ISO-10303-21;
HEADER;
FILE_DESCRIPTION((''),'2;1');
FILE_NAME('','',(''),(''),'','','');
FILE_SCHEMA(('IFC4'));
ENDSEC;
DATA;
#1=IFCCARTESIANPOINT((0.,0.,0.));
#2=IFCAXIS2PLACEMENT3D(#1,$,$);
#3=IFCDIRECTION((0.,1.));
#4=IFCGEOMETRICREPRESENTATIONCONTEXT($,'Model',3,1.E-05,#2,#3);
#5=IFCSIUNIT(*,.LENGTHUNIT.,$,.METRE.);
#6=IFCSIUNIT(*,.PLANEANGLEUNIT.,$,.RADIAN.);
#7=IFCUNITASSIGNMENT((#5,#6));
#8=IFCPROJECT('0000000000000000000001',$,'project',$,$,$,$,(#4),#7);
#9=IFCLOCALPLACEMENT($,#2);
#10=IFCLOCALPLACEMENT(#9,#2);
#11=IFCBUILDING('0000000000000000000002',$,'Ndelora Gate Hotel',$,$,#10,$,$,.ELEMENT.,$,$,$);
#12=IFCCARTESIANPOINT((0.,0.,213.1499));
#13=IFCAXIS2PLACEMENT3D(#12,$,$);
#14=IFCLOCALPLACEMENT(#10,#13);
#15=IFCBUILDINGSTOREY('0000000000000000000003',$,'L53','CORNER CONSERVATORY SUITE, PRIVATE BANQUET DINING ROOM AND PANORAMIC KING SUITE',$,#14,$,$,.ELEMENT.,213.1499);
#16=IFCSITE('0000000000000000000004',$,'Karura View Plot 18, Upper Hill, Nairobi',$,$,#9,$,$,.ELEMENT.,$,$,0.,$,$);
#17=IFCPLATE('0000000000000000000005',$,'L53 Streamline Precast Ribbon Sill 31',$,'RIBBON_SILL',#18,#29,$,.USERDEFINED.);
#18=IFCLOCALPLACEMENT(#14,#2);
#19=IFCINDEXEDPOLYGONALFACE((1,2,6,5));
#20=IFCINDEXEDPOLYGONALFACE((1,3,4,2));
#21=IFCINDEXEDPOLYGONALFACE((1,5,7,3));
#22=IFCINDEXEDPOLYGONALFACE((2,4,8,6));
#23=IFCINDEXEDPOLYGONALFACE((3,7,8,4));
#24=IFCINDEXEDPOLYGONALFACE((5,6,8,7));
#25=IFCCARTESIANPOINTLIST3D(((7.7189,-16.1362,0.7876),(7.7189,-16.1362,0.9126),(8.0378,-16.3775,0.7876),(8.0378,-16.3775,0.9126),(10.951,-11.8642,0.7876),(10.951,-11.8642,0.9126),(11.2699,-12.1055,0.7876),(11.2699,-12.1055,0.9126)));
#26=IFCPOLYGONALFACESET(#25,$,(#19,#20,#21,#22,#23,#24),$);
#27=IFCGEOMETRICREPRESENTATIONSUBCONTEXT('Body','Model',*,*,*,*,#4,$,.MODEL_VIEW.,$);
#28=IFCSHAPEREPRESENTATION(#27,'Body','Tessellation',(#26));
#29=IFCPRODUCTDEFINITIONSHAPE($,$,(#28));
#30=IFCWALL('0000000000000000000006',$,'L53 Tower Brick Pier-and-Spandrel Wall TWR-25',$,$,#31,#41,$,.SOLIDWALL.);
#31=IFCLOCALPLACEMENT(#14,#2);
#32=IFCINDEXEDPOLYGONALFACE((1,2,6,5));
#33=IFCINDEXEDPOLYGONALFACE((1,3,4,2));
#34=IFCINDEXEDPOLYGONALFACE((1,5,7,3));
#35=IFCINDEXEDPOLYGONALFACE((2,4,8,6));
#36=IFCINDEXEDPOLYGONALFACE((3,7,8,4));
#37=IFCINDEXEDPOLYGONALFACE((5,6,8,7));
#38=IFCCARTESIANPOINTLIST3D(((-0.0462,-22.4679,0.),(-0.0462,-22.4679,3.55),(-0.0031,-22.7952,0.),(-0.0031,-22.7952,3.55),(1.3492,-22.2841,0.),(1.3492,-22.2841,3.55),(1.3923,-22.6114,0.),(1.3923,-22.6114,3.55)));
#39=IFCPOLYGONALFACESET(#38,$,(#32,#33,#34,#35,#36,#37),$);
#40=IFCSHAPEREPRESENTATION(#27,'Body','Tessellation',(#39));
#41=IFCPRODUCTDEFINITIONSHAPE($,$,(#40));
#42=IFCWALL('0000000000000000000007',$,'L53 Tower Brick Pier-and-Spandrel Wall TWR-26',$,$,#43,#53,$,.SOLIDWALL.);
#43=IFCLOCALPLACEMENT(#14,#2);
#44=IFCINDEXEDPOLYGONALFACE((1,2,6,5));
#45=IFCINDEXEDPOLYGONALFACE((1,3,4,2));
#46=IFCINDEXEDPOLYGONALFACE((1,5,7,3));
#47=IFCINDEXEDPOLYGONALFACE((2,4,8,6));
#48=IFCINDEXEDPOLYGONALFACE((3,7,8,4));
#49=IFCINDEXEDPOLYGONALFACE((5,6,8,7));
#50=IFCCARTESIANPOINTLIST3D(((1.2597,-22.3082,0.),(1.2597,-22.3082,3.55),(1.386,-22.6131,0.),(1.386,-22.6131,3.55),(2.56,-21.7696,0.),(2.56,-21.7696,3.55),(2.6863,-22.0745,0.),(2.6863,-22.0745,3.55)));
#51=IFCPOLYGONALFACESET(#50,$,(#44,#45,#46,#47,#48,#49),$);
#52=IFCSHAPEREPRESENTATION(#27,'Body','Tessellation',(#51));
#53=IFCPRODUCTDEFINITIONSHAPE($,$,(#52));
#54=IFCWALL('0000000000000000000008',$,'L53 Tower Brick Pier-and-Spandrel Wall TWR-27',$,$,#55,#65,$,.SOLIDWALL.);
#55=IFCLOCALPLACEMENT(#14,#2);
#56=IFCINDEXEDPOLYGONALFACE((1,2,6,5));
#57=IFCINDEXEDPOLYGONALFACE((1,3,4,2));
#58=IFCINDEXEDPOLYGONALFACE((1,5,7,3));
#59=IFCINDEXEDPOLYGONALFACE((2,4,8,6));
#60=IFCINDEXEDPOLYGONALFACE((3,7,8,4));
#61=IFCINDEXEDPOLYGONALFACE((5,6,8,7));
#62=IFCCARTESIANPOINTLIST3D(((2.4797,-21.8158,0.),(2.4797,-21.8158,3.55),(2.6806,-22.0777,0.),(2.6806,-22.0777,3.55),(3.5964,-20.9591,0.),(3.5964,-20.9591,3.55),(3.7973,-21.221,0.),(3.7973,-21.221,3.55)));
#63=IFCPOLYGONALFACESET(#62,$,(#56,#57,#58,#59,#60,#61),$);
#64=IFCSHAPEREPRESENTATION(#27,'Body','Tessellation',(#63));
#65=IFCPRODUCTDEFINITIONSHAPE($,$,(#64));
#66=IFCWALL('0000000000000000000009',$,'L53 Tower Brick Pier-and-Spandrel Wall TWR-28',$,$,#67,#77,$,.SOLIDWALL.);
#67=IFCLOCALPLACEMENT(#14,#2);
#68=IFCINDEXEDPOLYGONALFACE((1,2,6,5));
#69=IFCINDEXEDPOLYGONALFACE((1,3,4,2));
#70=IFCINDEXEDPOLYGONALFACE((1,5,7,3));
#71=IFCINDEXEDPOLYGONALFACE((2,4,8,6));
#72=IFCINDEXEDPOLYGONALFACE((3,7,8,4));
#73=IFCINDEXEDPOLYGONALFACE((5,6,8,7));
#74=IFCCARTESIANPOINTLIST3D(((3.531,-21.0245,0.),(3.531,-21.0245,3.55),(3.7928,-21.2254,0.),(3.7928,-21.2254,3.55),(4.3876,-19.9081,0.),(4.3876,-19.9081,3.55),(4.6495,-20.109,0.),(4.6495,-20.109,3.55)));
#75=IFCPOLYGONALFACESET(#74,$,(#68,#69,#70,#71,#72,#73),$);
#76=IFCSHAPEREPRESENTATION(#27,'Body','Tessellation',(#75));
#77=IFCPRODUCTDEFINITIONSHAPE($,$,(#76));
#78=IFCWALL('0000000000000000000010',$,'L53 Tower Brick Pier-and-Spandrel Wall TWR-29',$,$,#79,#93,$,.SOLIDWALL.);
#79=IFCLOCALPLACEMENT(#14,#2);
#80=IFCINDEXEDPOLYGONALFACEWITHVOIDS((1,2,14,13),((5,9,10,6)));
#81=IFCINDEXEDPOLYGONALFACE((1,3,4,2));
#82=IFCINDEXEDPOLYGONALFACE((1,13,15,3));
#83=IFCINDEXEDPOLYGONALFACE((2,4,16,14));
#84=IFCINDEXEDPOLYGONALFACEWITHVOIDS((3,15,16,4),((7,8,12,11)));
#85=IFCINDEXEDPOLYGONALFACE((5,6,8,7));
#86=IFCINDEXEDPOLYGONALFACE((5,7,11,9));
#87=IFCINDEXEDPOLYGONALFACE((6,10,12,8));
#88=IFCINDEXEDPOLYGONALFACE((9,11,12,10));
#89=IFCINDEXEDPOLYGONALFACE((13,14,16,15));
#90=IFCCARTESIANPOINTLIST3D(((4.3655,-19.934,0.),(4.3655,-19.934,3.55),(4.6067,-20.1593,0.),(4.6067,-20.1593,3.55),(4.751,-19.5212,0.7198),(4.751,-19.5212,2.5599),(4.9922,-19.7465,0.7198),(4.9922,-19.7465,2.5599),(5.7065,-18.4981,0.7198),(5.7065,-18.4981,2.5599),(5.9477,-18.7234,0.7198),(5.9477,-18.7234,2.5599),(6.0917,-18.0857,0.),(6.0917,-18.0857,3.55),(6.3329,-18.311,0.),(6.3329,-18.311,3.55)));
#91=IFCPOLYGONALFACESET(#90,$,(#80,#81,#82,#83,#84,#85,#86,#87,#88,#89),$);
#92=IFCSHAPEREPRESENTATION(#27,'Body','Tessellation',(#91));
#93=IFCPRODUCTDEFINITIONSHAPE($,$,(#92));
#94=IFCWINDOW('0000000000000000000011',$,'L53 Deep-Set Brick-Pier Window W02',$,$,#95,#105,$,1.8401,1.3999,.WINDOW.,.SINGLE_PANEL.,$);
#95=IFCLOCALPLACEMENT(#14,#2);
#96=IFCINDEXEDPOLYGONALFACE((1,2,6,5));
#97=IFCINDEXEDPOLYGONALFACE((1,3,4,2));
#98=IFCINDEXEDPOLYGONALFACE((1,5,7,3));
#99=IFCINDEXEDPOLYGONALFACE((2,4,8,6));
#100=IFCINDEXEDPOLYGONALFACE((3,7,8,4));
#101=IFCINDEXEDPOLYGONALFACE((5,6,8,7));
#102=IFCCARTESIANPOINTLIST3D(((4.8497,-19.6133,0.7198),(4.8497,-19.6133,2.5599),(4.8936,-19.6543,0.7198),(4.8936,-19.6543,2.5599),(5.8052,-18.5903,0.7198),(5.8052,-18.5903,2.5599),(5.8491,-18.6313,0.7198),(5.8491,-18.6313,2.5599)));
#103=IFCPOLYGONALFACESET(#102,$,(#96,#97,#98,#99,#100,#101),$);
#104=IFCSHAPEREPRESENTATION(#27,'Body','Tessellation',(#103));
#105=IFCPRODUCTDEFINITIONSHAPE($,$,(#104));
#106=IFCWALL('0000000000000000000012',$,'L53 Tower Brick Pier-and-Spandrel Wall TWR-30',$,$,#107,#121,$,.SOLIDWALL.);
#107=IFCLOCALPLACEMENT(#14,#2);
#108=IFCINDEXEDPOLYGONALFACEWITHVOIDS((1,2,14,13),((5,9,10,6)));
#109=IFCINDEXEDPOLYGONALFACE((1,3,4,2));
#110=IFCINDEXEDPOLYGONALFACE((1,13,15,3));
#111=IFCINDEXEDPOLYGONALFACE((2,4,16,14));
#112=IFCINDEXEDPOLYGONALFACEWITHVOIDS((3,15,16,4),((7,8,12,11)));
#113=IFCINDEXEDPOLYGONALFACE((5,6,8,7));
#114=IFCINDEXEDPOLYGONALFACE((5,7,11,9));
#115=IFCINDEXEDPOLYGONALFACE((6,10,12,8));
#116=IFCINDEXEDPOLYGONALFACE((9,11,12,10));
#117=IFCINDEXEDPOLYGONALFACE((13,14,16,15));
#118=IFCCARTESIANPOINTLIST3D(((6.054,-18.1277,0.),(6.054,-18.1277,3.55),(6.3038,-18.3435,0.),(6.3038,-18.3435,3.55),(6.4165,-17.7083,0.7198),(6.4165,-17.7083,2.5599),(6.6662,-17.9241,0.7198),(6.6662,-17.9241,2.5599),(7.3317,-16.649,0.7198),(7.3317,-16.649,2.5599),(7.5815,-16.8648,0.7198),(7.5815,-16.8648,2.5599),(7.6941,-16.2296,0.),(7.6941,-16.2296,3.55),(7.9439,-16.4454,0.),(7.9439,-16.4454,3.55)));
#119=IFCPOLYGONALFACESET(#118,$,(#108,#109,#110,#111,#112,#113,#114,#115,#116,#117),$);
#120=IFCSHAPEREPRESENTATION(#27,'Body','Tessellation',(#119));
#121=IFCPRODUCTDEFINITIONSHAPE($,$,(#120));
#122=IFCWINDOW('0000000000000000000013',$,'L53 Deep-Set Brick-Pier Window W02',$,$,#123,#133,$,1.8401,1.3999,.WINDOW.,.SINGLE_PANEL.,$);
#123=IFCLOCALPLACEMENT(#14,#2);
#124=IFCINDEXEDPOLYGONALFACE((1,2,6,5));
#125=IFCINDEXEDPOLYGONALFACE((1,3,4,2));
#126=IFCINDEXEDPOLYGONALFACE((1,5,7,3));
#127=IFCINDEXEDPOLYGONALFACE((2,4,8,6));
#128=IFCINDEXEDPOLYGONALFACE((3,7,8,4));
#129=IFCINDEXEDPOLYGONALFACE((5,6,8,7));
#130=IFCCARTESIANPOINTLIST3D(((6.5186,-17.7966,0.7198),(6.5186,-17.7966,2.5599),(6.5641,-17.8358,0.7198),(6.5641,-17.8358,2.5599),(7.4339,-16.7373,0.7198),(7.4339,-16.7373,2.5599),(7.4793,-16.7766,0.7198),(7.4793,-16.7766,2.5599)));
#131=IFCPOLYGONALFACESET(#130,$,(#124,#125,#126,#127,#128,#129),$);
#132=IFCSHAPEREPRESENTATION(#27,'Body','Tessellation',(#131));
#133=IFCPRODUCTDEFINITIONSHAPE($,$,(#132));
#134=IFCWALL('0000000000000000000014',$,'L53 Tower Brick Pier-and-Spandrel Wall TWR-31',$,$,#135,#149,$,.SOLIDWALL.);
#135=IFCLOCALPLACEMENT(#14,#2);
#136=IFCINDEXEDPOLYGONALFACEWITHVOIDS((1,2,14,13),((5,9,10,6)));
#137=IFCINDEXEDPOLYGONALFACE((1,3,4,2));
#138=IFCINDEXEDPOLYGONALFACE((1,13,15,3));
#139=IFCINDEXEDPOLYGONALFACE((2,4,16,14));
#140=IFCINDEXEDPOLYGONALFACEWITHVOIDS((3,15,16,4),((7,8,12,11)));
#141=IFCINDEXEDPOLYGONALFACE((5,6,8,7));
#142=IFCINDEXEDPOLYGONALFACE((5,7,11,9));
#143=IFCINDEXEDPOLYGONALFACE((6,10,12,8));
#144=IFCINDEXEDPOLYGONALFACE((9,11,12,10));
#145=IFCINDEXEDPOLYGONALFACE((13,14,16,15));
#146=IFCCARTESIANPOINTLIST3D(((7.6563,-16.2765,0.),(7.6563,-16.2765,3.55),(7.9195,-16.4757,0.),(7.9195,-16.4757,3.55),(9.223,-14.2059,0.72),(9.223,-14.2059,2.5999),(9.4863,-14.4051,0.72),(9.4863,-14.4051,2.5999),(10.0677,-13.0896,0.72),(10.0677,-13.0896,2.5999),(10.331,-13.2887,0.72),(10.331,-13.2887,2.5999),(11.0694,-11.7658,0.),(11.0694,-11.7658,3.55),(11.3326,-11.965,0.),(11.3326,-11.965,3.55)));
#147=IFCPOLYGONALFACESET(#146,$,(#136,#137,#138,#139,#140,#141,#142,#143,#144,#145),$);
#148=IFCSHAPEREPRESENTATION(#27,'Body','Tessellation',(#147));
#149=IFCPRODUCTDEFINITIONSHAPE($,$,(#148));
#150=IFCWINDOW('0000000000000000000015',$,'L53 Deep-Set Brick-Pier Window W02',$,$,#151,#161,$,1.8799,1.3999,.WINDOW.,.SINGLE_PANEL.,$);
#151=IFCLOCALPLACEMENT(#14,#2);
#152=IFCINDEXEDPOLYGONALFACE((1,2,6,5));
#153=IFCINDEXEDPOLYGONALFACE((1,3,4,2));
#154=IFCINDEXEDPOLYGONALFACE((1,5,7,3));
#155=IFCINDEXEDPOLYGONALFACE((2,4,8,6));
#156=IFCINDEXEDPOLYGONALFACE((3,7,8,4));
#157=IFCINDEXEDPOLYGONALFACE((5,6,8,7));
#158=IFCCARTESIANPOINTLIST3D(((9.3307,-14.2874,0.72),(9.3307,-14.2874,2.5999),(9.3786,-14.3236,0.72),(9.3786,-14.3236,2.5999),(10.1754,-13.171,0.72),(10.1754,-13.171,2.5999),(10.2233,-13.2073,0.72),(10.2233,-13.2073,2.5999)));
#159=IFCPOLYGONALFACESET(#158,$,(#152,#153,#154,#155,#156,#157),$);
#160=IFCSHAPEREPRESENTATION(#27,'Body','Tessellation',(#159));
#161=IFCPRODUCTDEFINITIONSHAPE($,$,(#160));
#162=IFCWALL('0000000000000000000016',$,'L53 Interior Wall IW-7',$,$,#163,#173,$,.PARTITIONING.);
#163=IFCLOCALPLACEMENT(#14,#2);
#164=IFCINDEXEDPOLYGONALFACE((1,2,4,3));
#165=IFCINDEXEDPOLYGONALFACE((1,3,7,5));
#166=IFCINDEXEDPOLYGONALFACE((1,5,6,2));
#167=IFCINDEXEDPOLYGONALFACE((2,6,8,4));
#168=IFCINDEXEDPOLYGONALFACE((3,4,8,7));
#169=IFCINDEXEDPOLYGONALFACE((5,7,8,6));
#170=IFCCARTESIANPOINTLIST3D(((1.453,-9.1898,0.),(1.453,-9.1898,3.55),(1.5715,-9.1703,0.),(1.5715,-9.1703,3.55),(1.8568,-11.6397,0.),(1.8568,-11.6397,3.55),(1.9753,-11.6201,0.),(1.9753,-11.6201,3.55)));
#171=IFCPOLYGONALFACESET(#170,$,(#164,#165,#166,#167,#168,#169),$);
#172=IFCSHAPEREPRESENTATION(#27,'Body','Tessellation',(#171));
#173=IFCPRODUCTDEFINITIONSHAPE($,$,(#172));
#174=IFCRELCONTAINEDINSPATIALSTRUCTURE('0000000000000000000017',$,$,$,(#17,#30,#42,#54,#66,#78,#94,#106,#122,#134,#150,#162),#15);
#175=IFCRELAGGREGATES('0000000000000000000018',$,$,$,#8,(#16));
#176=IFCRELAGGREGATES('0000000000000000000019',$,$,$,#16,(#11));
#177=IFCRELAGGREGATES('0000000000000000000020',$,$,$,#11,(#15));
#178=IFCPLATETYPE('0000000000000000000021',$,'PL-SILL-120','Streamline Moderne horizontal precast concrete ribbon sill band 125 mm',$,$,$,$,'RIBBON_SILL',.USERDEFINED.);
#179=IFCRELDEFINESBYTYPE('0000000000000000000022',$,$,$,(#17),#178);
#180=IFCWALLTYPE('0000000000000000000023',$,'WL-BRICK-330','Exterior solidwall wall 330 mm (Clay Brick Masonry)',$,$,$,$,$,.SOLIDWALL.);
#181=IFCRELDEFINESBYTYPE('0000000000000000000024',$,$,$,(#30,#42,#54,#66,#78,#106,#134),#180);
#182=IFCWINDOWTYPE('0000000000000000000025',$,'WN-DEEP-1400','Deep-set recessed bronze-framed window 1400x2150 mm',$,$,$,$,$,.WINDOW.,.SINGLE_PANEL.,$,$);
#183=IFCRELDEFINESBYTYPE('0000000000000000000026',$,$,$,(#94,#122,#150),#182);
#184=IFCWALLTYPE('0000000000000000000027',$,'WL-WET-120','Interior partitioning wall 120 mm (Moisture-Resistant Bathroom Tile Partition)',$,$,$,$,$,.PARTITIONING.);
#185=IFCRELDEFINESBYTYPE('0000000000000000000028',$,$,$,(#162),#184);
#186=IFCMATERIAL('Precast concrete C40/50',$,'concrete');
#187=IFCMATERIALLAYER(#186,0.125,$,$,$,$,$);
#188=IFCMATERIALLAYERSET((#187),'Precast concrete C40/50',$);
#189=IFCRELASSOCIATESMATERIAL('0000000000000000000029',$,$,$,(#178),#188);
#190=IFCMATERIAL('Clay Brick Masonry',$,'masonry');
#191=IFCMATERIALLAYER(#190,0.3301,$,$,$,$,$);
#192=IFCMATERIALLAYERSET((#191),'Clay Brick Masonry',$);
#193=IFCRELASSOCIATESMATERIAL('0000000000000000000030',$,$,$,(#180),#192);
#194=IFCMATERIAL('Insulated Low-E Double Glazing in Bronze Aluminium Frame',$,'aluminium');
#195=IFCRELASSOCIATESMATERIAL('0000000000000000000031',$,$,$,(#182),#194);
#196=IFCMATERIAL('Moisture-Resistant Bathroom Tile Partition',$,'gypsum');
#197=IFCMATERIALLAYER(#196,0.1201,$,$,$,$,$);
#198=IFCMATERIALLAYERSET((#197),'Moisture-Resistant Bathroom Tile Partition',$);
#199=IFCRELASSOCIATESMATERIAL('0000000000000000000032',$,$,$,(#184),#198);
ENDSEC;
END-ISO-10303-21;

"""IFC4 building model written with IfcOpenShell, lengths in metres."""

from ifc_helpers import new_model, si_unit, direction, frame, frame_2d, origin, origin_2d, place, context, subcontext, project, spatial, rectangle, extrude, material, layer, layer_set, type_object, element, fill, save


model = new_model("IFC4")

# Units and contexts
model_context = context("Model", 3, precision=1e-05, world=origin(), true_north=direction((0.0, 1.0)))
body_context = subcontext(model_context, "Body", "Model", "MODEL_VIEW")
ifc_project = project(units=[si_unit("LENGTHUNIT", "METRE"), si_unit("PLANEANGLEUNIT", "RADIAN")], contexts=[model_context])

# Site, building, storey
site_placement = place(None, origin())
site = spatial("IfcSite", under=ifc_project, at=site_placement, Name="Karura View Plot 18, Upper Hill, Nairobi", CompositionType="ELEMENT", RefElevation=0.0)
building_placement = place(site_placement, origin())
building = spatial("IfcBuilding", under=site, at=building_placement, Name="Ndelora Gate Hotel", CompositionType="ELEMENT")
storey_placement = place(building_placement, frame((0.0, 0.0, 213.1499)))
storey = spatial("IfcBuildingStorey", under=building, at=storey_placement, Name="L53", Description="CORNER CONSERVATORY SUITE, PRIVATE BANQUET DINING ROOM AND PANORAMIC KING SUITE", CompositionType="ELEMENT", Elevation=213.1499)

# Plate
ifc_material_1 = material(Name="Precast concrete C40/50", Category="concrete")
ifc_layer_1 = layer(ifc_material_1, 0.125)
ifc_layer_set_1 = layer_set([ifc_layer_1], Name="Precast concrete C40/50")
plate_type = type_object("IfcPlateType", Name="PL-SILL-120", Description="Streamline Moderne horizontal precast concrete ribbon sill band 125 mm", ElementType="RIBBON_SILL", PredefinedType="USERDEFINED", material=ifc_layer_set_1)
plate_placement = place(storey_placement, frame((9.4944, -14.1208, 0.7876), z_axis=(0.0, 0.0, 1.0), x_axis=(0.603347, 0.797479, 0.0)))
element("IfcPlate", 1, at=plate_placement, inside=storey, type_object=plate_type, Name="L53 Streamline Precast Ribbon Sill 31", ObjectType="RIBBON_SILL", PredefinedType="USERDEFINED", context=body_context, shape_type="SweptSolid", body=[
    extrude(rectangle(XDim=5.3569, YDim=0.3999, at=origin_2d()), origin(), (0.0, 0.0, 1.0), 0.125),
])

# Walls
ifc_material_2 = material(Name="Clay Brick Masonry", Category="masonry")
ifc_layer_2 = layer(ifc_material_2, 0.3301)
ifc_layer_set_2 = layer_set([ifc_layer_2], Name="Clay Brick Masonry")
wall_type_1 = type_object("IfcWallType", Name="WL-BRICK-330", Description="Exterior solidwall wall 330 mm (Clay Brick Masonry)", PredefinedType="SOLIDWALL", material=ifc_layer_set_2)
for number, where, z_axis, x_axis, name in (
    (2, (1.3706, -22.4478, 0.0), (0.0, 0.0, 1.0), (-0.991434, -0.130607, 0.0), "L53 Tower Brick Pier-and-Spandrel Wall TWR-25"),
    (3, (2.623, -21.9221, 0.0), (0.0, 0.0, 1.0), (-0.923886, -0.382668, 0.0), "L53 Tower Brick Pier-and-Spandrel Wall TWR-26"),
    (4, (3.6968, -21.0901, 0.0), (0.0, 0.0, 1.0), (-0.793416, -0.608679, 0.0), "L53 Tower Brick Pier-and-Spandrel Wall TWR-27"),
):
    element("IfcWall", number, at=place(storey_placement, frame(where, z_axis=z_axis, x_axis=x_axis)), inside=storey, type_object=wall_type_1, Name=name, PredefinedType="SOLIDWALL", context=body_context, shape_type="SweptSolid", body=[
        extrude(rectangle(XDim=1.4075, YDim=0.3301, at=frame_2d((0.7036, 0.0))), origin(), (0.0, 0.0, 1.0), 3.55),
    ])
wall_1_placement = place(storey_placement, frame((4.5186, -20.0085, 0.0), z_axis=(0.0, 0.0, 1.0), x_axis=(-0.608763, -0.793352, 0.0)))
element("IfcWall", 5, at=wall_1_placement, inside=storey, type_object=wall_type_1, Name="L53 Tower Brick Pier-and-Spandrel Wall TWR-28", PredefinedType="SOLIDWALL", context=body_context, shape_type="SweptSolid", body=[
    extrude(rectangle(XDim=1.4072, YDim=0.3301, at=frame_2d((0.7036, 0.0))), origin(), (0.0, 0.0, 1.0), 3.55),
])

# Walls, openings, windows
wall_2_placement = place(storey_placement, frame((6.2124, -18.1982, 0.0), z_axis=(0.0, 0.0, 1.0), x_axis=(-0.682562, -0.730827, 0.0)))
wall_2 = element("IfcWall", 6, at=wall_2_placement, inside=storey, type_object=wall_type_1, Name="L53 Tower Brick Pier-and-Spandrel Wall TWR-29", PredefinedType="SOLIDWALL", context=body_context, shape_type="SweptSolid", body=[
    extrude(rectangle(XDim=2.5291, YDim=0.3301, at=frame_2d((1.2646, 0.0))), origin(), (0.0, 0.0, 1.0), 3.55),
])
opening_1_placement = place(wall_2_placement, frame((0.5645, 0.0, 0.72)))
opening_1 = element("IfcOpeningElement", 7, at=opening_1_placement, cuts=wall_2, PredefinedType="OPENING", context=body_context, shape_type="SweptSolid", body=[
    extrude(rectangle(XDim=1.3999, YDim=1.8401, at=frame_2d((0.7, 0.9199))), frame((0.0, 0.175, 0.0), z_axis=(0.0, -1.0, 0.0), x_axis=(1.0, 0.0, 0.0)), (0.0, 0.0, 1.0), 0.3501),
])
ifc_material_3 = material(Name="Insulated Low-E Double Glazing in Bronze Aluminium Frame", Category="aluminium")
window_type = type_object("IfcWindowType", Name="WN-DEEP-1400", Description="Deep-set recessed bronze-framed window 1400x2150 mm", PartitioningType="SINGLE_PANEL", PredefinedType="WINDOW", material=ifc_material_3)
window_1_placement = place(opening_1_placement, origin())
window_1 = element("IfcWindow", 8, at=window_1_placement, inside=storey, type_object=window_type, Name="L53 Deep-Set Brick-Pier Window W02", OverallHeight=1.8401, OverallWidth=1.3999, PartitioningType="SINGLE_PANEL", PredefinedType="WINDOW", context=body_context, shape_type="SweptSolid", body=[
    extrude(rectangle(XDim=1.3999, YDim=1.8401, at=frame_2d((0.7, 0.9199))), frame((0.0, 0.03, 0.0), z_axis=(0.0, -1.0, 0.0), x_axis=(1.0, 0.0, 0.0)), (0.0, 0.0, 1.0), 0.0601),
])
fill(opening_1, window_1)
wall_3_placement = place(storey_placement, frame((7.8191, -16.3374, 0.0), z_axis=(0.0, 0.0, 1.0), x_axis=(-0.6538, -0.756668, 0.0)))
wall_3 = element("IfcWall", 9, at=wall_3_placement, inside=storey, type_object=wall_type_1, Name="L53 Tower Brick Pier-and-Spandrel Wall TWR-30", PredefinedType="SOLIDWALL", context=body_context, shape_type="SweptSolid", body=[
    extrude(rectangle(XDim=2.5085, YDim=0.3301, at=frame_2d((1.2544, 0.0))), origin(), (0.0, 0.0, 1.0), 3.55),
])
opening_2_placement = place(wall_3_placement, frame((0.5544, 0.0, 0.72)))
opening_2 = element("IfcOpeningElement", 10, at=opening_2_placement, cuts=wall_3, PredefinedType="OPENING", context=body_context, shape_type="SweptSolid", body=[
    extrude(rectangle(XDim=1.3999, YDim=1.8401, at=frame_2d((0.7, 0.9199))), frame((0.0, 0.175, 0.0), z_axis=(0.0, -1.0, 0.0), x_axis=(1.0, 0.0, 0.0)), (0.0, 0.0, 1.0), 0.3501),
])
window_2_placement = place(opening_2_placement, origin())
window_2 = element("IfcWindow", 11, at=window_2_placement, inside=storey, type_object=window_type, Name="L53 Deep-Set Brick-Pier Window W02", OverallHeight=1.8401, OverallWidth=1.3999, PartitioningType="SINGLE_PANEL", PredefinedType="WINDOW", context=body_context, shape_type="SweptSolid", body=[
    extrude(rectangle(XDim=1.3999, YDim=1.8401, at=frame_2d((0.7, 0.9199))), frame((0.0, 0.03, 0.0), z_axis=(0.0, -1.0, 0.0), x_axis=(1.0, 0.0, 0.0)), (0.0, 0.0, 1.0), 0.0601),
])
fill(opening_2, window_2)
wall_4_placement = place(storey_placement, frame((11.2009, -11.8655, 0.0), z_axis=(0.0, 0.0, 1.0), x_axis=(-0.603392, -0.797445, 0.0)))
wall_4 = element("IfcWall", 12, at=wall_4_placement, inside=storey, type_object=wall_type_1, Name="L53 Tower Brick Pier-and-Spandrel Wall TWR-31", PredefinedType="SOLIDWALL", context=body_context, shape_type="SweptSolid", body=[
    extrude(rectangle(XDim=5.6565, YDim=0.3301, at=frame_2d((2.8281, 0.0))), origin(), (0.0, 0.0, 1.0), 3.55),
])
opening_3_placement = place(wall_4_placement, frame((1.6599, 0.0, 0.72)))
opening_3 = element("IfcOpeningElement", 13, at=opening_3_placement, cuts=wall_4, PredefinedType="OPENING", context=body_context, shape_type="SweptSolid", body=[
    extrude(rectangle(XDim=1.3999, YDim=1.8799, at=frame_2d((0.7, 0.9399))), frame((0.0, 0.175, 0.0), z_axis=(0.0, -1.0, 0.0), x_axis=(1.0, 0.0, 0.0)), (0.0, 0.0, 1.0), 0.3501),
])
window_3_placement = place(opening_3_placement, origin())
window_3 = element("IfcWindow", 14, at=window_3_placement, inside=storey, type_object=window_type, Name="L53 Deep-Set Brick-Pier Window W02", OverallHeight=1.8799, OverallWidth=1.3999, PartitioningType="SINGLE_PANEL", PredefinedType="WINDOW", context=body_context, shape_type="SweptSolid", body=[
    extrude(rectangle(XDim=1.3999, YDim=1.8799, at=frame_2d((0.7, 0.9399))), frame((0.0, 0.03, 0.0), z_axis=(0.0, -1.0, 0.0), x_axis=(1.0, 0.0, 0.0)), (0.0, 0.0, 1.0), 0.0601),
])
fill(opening_3, window_3)

# Wall
ifc_material_4 = material(Name="Moisture-Resistant Bathroom Tile Partition", Category="gypsum")
ifc_layer_3 = layer(ifc_material_4, 0.1201)
ifc_layer_set_3 = layer_set([ifc_layer_3], Name="Moisture-Resistant Bathroom Tile Partition")
wall_type_2 = type_object("IfcWallType", Name="WL-WET-120", Description="Interior partitioning wall 120 mm (Moisture-Resistant Bathroom Tile Partition)", PredefinedType="PARTITIONING", material=ifc_layer_set_3)
wall_5_placement = place(storey_placement, frame((1.916, -11.6299, 0.0), z_axis=(0.0, 0.0, 1.0), x_axis=(-0.162629, 0.986687, 0.0)))
element("IfcWall", 15, at=wall_5_placement, inside=storey, type_object=wall_type_2, Name="L53 Interior Wall IW-7", PredefinedType="PARTITIONING", context=body_context, shape_type="SweptSolid", body=[
    extrude(rectangle(XDim=2.4829, YDim=0.1201, at=frame_2d((1.2415, 0.0))), origin(), (0.0, 0.0, 1.0), 3.55),
])

save(model, "model.ifc")
